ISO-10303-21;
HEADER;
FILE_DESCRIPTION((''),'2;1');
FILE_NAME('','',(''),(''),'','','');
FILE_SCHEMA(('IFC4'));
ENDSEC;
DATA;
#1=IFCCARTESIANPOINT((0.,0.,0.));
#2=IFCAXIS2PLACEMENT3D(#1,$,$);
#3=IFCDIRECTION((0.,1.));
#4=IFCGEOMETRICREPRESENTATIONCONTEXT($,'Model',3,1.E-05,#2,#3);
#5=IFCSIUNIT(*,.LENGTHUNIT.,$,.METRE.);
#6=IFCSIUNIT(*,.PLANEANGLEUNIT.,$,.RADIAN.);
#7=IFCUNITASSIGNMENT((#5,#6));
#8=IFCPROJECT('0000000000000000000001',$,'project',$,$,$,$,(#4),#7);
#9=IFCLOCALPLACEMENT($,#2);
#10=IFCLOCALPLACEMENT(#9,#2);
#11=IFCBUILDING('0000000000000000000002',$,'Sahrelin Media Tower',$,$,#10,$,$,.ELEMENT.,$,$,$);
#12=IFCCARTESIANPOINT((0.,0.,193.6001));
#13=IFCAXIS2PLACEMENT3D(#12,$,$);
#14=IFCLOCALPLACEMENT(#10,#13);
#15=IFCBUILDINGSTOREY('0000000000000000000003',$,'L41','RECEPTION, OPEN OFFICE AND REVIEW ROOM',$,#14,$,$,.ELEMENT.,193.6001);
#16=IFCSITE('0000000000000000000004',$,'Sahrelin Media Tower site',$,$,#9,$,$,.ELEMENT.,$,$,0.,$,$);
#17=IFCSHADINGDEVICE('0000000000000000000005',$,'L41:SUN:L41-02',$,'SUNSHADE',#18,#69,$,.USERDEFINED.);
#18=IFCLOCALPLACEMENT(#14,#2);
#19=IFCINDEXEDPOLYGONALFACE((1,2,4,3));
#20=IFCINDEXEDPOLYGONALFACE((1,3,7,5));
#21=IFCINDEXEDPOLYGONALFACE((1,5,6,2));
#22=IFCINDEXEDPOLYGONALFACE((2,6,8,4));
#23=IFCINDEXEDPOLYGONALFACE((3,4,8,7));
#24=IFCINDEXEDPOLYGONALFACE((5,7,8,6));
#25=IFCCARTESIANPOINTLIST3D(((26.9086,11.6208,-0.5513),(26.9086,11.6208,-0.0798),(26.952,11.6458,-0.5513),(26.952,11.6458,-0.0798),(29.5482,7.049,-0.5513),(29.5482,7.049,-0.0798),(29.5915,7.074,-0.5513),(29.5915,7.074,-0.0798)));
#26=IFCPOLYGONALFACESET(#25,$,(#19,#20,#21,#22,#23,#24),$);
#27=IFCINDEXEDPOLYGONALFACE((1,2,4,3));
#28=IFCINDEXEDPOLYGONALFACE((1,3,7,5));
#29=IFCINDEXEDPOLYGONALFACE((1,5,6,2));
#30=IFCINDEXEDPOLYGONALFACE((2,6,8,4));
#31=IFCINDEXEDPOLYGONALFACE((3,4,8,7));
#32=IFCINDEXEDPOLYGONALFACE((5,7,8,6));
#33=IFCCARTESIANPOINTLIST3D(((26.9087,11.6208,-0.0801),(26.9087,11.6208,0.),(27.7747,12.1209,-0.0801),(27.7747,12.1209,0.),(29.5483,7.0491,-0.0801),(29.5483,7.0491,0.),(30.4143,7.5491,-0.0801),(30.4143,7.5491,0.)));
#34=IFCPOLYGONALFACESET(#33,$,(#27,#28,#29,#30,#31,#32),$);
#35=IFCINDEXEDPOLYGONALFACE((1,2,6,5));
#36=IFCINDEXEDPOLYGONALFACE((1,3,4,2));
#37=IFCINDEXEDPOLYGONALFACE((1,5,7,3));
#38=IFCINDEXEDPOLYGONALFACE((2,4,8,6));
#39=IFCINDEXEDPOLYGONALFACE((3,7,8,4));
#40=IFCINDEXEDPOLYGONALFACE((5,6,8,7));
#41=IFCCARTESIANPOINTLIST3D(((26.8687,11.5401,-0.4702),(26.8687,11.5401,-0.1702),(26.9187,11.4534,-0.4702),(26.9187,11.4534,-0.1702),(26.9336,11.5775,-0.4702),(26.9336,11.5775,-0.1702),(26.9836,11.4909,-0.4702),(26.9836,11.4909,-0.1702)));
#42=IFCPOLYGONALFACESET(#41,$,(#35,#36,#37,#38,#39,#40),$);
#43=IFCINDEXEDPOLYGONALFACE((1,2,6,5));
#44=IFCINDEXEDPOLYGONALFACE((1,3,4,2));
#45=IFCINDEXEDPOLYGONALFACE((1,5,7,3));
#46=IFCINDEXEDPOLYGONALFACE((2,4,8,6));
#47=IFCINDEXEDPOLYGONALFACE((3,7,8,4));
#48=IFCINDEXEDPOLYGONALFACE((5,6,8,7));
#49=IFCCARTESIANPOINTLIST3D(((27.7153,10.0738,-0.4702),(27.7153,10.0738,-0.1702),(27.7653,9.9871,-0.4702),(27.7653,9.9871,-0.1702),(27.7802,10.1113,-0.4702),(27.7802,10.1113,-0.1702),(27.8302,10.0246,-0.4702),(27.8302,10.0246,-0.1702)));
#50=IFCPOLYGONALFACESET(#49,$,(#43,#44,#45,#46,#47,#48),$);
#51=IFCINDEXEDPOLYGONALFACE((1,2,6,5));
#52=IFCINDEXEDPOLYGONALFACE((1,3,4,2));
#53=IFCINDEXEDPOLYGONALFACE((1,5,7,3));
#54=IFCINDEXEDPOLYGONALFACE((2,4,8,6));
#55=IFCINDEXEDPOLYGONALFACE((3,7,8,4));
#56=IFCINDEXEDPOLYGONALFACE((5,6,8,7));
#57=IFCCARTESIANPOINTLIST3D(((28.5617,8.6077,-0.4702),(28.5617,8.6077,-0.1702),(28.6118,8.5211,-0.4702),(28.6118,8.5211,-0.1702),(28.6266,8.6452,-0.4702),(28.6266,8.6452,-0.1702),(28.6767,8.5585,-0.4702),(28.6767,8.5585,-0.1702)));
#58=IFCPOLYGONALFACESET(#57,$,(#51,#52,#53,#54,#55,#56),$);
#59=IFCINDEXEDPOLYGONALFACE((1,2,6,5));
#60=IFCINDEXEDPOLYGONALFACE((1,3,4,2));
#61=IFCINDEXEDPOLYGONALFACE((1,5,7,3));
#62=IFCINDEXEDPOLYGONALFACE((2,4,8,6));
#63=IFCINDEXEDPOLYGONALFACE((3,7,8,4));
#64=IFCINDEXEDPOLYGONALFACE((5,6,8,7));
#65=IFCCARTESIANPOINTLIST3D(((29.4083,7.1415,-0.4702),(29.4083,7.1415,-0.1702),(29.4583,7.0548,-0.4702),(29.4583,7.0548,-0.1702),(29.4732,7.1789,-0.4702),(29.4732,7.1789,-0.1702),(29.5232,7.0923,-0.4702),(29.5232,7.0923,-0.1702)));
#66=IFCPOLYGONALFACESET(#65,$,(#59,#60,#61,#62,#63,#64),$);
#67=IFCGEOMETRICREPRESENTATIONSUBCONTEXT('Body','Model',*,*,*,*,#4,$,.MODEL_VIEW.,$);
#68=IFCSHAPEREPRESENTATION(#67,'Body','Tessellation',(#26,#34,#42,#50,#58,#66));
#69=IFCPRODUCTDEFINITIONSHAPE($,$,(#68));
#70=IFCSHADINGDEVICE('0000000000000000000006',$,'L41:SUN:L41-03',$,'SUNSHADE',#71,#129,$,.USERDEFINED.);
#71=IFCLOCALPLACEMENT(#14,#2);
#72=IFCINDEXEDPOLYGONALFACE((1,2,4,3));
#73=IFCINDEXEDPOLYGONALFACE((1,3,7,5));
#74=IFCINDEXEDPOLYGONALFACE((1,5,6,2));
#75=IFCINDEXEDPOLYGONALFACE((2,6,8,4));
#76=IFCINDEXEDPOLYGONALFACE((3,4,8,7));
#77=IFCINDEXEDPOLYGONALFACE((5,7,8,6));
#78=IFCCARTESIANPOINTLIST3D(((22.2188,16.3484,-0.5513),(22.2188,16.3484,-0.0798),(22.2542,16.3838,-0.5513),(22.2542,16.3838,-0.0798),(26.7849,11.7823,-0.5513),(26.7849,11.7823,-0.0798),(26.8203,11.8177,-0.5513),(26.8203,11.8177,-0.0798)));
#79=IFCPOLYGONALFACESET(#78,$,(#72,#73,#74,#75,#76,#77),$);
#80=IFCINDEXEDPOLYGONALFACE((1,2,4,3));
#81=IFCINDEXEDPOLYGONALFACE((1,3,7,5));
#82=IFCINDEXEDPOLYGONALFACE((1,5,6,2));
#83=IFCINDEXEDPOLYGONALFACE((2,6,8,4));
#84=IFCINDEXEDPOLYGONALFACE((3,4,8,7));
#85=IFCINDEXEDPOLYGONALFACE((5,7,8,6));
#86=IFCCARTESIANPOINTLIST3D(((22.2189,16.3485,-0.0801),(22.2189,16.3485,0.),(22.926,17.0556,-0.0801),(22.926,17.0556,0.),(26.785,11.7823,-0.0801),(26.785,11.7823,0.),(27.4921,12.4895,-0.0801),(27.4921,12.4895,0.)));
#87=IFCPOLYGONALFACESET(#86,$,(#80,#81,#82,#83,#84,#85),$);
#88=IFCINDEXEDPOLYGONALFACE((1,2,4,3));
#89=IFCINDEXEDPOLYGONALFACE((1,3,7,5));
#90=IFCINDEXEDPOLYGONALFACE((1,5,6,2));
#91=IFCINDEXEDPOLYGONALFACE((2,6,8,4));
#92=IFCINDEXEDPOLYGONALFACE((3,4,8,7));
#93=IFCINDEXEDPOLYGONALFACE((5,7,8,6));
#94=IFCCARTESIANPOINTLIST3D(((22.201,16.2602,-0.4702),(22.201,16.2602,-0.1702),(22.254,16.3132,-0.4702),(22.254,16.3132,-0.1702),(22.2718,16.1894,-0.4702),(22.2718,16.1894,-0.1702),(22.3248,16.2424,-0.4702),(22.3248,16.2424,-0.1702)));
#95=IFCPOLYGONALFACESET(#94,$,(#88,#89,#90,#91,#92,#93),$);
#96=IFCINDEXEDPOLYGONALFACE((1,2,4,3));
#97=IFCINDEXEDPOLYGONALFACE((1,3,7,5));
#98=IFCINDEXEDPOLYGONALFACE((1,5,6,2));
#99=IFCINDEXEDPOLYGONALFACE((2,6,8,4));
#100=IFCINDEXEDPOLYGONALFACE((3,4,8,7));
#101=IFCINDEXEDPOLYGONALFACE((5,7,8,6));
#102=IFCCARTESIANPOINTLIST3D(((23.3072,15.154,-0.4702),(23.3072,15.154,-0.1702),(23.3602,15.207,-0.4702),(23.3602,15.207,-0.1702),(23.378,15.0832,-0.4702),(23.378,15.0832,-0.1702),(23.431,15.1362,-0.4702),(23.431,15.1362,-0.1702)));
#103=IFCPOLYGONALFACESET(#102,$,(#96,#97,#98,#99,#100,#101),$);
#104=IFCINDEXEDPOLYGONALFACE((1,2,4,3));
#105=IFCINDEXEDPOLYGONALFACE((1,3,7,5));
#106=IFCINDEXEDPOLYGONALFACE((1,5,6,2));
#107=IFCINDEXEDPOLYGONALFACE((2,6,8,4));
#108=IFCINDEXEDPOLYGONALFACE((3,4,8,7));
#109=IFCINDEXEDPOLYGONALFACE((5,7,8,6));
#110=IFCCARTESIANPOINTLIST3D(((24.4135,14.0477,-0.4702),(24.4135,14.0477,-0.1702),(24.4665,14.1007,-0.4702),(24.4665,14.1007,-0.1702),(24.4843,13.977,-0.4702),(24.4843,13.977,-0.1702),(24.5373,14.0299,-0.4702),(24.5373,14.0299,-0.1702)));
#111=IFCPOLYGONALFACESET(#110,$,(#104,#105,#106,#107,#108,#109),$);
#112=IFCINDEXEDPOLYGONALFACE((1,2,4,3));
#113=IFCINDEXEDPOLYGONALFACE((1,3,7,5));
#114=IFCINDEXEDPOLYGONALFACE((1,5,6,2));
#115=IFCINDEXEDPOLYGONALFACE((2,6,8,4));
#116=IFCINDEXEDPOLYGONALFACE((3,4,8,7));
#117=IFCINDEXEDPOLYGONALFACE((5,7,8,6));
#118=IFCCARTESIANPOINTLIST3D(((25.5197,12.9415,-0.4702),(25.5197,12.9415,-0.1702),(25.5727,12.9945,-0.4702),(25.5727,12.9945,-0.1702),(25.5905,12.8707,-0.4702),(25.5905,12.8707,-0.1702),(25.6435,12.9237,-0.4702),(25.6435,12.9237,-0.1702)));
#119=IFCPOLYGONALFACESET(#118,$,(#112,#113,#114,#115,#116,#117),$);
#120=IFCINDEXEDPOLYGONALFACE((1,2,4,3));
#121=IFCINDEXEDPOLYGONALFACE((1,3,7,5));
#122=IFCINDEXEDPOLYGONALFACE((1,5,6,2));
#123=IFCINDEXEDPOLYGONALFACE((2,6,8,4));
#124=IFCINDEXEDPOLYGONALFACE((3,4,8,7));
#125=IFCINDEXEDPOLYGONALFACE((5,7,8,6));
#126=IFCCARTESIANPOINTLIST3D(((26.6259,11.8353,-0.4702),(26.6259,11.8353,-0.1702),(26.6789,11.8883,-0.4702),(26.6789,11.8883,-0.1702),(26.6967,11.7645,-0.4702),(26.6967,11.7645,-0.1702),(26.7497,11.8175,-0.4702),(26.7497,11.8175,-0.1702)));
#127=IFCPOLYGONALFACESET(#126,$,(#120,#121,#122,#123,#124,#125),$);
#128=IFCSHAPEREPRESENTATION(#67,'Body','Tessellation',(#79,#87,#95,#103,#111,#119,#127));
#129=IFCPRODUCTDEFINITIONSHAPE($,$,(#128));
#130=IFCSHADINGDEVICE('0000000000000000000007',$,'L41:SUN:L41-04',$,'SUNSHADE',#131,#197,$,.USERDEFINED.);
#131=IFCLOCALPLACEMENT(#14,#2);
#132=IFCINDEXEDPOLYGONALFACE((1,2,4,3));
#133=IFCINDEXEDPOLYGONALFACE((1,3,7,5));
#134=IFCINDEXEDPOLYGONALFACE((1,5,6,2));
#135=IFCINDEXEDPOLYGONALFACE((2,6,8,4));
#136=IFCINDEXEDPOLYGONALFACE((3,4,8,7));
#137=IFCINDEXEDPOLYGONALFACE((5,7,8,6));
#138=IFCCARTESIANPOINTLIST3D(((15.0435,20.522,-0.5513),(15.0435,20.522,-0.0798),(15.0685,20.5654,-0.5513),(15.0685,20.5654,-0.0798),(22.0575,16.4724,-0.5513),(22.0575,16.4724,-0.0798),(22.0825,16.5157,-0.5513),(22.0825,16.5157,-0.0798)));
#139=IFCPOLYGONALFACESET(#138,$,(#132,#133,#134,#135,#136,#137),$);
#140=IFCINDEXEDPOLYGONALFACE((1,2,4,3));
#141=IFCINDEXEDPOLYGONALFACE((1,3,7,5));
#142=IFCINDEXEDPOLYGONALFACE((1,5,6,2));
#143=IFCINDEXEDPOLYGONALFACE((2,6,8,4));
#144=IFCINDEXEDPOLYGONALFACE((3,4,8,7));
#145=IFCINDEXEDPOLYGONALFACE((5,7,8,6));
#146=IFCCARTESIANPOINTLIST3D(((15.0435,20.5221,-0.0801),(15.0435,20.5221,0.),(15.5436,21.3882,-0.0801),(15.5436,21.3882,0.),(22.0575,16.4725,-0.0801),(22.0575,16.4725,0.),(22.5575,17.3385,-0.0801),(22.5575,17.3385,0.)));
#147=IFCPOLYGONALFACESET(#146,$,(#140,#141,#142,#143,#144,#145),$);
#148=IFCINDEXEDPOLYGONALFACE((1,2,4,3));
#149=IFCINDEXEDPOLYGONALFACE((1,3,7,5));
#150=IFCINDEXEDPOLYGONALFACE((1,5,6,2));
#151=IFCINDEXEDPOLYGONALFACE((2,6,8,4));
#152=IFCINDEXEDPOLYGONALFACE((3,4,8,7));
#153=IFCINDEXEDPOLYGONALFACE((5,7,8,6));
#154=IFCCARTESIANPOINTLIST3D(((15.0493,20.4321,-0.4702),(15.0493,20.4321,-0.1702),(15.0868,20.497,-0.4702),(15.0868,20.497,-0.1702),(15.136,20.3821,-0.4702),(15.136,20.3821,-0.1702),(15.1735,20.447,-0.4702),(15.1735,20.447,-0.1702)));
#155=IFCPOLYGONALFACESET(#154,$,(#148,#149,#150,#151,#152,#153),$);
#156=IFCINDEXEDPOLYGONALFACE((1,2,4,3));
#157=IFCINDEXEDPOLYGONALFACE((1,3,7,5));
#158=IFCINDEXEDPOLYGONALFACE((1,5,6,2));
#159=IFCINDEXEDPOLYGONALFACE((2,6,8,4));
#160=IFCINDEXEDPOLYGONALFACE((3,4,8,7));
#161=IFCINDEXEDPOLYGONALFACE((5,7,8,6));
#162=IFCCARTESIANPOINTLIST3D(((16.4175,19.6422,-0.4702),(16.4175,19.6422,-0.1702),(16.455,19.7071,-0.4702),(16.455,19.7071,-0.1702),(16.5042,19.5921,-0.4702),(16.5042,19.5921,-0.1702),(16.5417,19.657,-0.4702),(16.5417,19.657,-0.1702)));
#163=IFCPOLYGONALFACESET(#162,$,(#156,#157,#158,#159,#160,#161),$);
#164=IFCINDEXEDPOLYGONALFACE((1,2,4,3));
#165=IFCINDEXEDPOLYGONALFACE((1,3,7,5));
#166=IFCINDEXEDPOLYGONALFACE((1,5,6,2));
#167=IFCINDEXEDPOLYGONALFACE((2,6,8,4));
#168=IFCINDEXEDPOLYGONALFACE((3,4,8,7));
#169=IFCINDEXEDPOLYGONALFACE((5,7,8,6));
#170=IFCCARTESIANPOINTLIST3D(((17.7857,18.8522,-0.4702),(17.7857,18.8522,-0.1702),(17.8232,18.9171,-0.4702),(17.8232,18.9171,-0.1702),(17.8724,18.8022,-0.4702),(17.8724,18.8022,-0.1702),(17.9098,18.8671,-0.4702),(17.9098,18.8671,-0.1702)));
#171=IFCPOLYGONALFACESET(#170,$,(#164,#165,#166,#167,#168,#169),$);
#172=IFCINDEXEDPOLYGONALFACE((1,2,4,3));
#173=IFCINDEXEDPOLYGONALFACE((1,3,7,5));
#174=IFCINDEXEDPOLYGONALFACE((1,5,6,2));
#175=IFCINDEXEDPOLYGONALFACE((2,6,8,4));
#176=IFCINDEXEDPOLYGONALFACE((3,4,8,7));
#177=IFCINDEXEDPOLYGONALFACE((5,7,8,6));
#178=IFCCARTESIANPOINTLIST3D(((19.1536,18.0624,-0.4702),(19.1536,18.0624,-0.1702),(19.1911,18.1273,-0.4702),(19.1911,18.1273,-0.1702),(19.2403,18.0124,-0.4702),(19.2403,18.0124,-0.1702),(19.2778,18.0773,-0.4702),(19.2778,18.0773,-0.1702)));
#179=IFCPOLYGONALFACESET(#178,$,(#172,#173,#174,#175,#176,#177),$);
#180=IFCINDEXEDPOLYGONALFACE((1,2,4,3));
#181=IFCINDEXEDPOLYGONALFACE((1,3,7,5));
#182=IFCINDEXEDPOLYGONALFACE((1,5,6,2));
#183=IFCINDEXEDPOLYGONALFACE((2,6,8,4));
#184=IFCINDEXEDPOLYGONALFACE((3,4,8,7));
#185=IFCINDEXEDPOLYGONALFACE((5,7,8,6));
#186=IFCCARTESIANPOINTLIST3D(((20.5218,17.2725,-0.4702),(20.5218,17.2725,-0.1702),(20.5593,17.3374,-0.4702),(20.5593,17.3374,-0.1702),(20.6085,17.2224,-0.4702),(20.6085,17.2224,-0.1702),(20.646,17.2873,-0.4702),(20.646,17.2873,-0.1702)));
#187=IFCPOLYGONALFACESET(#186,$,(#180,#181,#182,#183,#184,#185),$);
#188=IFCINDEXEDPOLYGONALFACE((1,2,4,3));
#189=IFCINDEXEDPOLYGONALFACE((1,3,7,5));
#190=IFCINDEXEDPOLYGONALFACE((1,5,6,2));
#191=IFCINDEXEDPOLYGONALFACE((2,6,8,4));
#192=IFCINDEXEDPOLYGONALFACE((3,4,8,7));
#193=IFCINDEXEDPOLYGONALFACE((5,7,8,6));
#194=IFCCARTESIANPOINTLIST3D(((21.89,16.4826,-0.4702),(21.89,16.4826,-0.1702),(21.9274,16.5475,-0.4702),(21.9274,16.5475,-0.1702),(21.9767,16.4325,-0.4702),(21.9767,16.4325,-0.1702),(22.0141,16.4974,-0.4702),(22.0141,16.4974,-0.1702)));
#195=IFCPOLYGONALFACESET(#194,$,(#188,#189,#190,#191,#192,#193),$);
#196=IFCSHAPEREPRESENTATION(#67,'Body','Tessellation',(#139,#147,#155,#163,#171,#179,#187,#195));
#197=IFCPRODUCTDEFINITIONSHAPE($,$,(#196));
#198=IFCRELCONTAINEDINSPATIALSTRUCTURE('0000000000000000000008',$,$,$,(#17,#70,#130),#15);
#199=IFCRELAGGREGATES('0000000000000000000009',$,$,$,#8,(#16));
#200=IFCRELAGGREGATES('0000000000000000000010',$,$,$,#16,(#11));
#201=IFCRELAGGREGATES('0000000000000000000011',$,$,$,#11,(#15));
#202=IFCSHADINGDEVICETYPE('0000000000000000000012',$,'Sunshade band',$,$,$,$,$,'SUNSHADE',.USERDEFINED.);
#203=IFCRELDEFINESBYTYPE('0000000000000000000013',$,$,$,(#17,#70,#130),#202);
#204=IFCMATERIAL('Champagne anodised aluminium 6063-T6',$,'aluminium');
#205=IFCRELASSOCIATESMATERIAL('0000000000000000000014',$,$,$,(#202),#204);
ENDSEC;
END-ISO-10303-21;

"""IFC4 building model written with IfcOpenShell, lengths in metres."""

from ifc_helpers import new_model, si_unit, direction, frame, origin, origin_2d, place, context, subcontext, project, spatial, rectangle, extrude, material, type_object, element, save


model = new_model("IFC4")

# Units and contexts
model_context = context("Model", 3, precision=1e-05, world=origin(), true_north=direction((0.0, 1.0)))
body_context = subcontext(model_context, "Body", "Model", "MODEL_VIEW")
ifc_project = project(units=[si_unit("LENGTHUNIT", "METRE"), si_unit("PLANEANGLEUNIT", "RADIAN")], contexts=[model_context])

# Site, building, storey
site_placement = place(None, origin())
site = spatial("IfcSite", under=ifc_project, at=site_placement, Name="Sahrelin Media Tower site", CompositionType="ELEMENT", RefElevation=0.0)
building_placement = place(site_placement, origin())
building = spatial("IfcBuilding", under=site, at=building_placement, Name="Sahrelin Media Tower", CompositionType="ELEMENT")
storey_placement = place(building_placement, frame((0.0, 0.0, 193.6001)))
storey = spatial("IfcBuildingStorey", under=building, at=storey_placement, Name="L41", Description="RECEPTION, OPEN OFFICE AND REVIEW ROOM", CompositionType="ELEMENT", Elevation=193.6001)

# Shared definitions
ifc_material_1 = material(Name="Champagne anodised aluminium 6063-T6", Category="aluminium")

# Shading devices
placement_1 = place(storey_placement, frame((28.2112, 9.325, 0.0), z_axis=(0.0, 0.0, 1.0), x_axis=(0.500011, -0.866019, 0.0)))
placement_2 = place(storey_placement, frame((24.4878, 14.0513, 0.0), z_axis=(0.0, 0.0, 1.0), x_axis=(0.707107, -0.707107, 0.0)))
placement_3 = place(storey_placement, frame((18.5405, 18.48, 0.0), z_axis=(0.0, 0.0, 1.0), x_axis=(0.866019, -0.500011, 0.0)))
shading_device_type_1 = type_object("IfcShadingDeviceType", Name="Sunshade band", ElementType="SUNSHADE", PredefinedType="USERDEFINED", material=ifc_material_1)
element("IfcShadingDevice", 1, at=placement_1, inside=storey, type_object=shading_device_type_1, Name="L41:SUN:L41-02", ObjectType="SUNSHADE", PredefinedType="USERDEFINED", context=body_context, shape_type="SweptSolid", body=[
    extrude(rectangle(XDim=5.2791, YDim=0.05, at=origin_2d()), frame((0.0, 0.0449, -0.5513)), (0.0, 0.0, 1.0), 0.4714),
    extrude(rectangle(XDim=5.2791, YDim=1.0, at=origin_2d()), frame((0.0, 0.52, -0.0801)), (0.0, 0.0, 1.0), 0.0801),
    extrude(rectangle(XDim=0.1001, YDim=0.075, at=origin_2d()), frame((-2.5396, -0.0176, -0.4702)), (0.0, 0.0, 1.0), 0.3),
    extrude(rectangle(XDim=0.1001, YDim=0.075, at=origin_2d()), frame((-0.8464, -0.0176, -0.4702)), (0.0, 0.0, 1.0), 0.3),
    extrude(rectangle(XDim=0.1001, YDim=0.075, at=origin_2d()), frame((0.8464, -0.0176, -0.4702)), (0.0, 0.0, 1.0), 0.3),
    extrude(rectangle(XDim=0.1001, YDim=0.075, at=origin_2d()), frame((2.5396, -0.0176, -0.4702)), (0.0, 0.0, 1.0), 0.3),
])
element("IfcShadingDevice", 2, at=placement_2, inside=storey, type_object=shading_device_type_1, Name="L41:SUN:L41-03", ObjectType="SUNSHADE", PredefinedType="USERDEFINED", context=body_context, shape_type="SweptSolid", body=[
    extrude(rectangle(XDim=6.4575, YDim=0.05, at=origin_2d()), frame((0.0, 0.0449, -0.5513)), (0.0, 0.0, 1.0), 0.4714),
    extrude(rectangle(XDim=6.4575, YDim=1.0, at=origin_2d()), frame((0.0, 0.52, -0.0801)), (0.0, 0.0, 1.0), 0.0801),
    extrude(rectangle(XDim=0.1001, YDim=0.075, at=origin_2d()), frame((-3.1289, -0.0176, -0.4702)), (0.0, 0.0, 1.0), 0.3),
    extrude(rectangle(XDim=0.1001, YDim=0.075, at=origin_2d()), frame((-1.5645, -0.0176, -0.4702)), (0.0, 0.0, 1.0), 0.3),
    extrude(rectangle(XDim=0.1001, YDim=0.075, at=origin_2d()), frame((0.0, -0.0176, -0.4702)), (0.0, 0.0, 1.0), 0.3),
    extrude(rectangle(XDim=0.1001, YDim=0.075, at=origin_2d()), frame((1.5645, -0.0176, -0.4702)), (0.0, 0.0, 1.0), 0.3),
    extrude(rectangle(XDim=0.1001, YDim=0.075, at=origin_2d()), frame((3.1289, -0.0176, -0.4702)), (0.0, 0.0, 1.0), 0.3),
])
element("IfcShadingDevice", 3, at=placement_3, inside=storey, type_object=shading_device_type_1, Name="L41:SUN:L41-04", ObjectType="SUNSHADE", PredefinedType="USERDEFINED", context=body_context, shape_type="SweptSolid", body=[
    extrude(rectangle(XDim=8.0991, YDim=0.05, at=origin_2d()), frame((0.0, 0.0449, -0.5513)), (0.0, 0.0, 1.0), 0.4714),
    extrude(rectangle(XDim=8.0991, YDim=1.0, at=origin_2d()), frame((0.0, 0.52, -0.0801)), (0.0, 0.0, 1.0), 0.0801),
    extrude(rectangle(XDim=0.1001, YDim=0.075, at=origin_2d()), frame((-3.9495, -0.0176, -0.4702)), (0.0, 0.0, 1.0), 0.3),
    extrude(rectangle(XDim=0.1001, YDim=0.075, at=origin_2d()), frame((-2.3696, -0.0176, -0.4702)), (0.0, 0.0, 1.0), 0.3),
    extrude(rectangle(XDim=0.1001, YDim=0.075, at=origin_2d()), frame((-0.7898, -0.0176, -0.4702)), (0.0, 0.0, 1.0), 0.3),
    extrude(rectangle(XDim=0.1001, YDim=0.075, at=origin_2d()), frame((0.7898, -0.0176, -0.4702)), (0.0, 0.0, 1.0), 0.3),
    extrude(rectangle(XDim=0.1001, YDim=0.075, at=origin_2d()), frame((2.3696, -0.0176, -0.4702)), (0.0, 0.0, 1.0), 0.3),
    extrude(rectangle(XDim=0.1001, YDim=0.075, at=origin_2d()), frame((3.9495, -0.0176, -0.4702)), (0.0, 0.0, 1.0), 0.3),
])

save(model, "model.ifc")
